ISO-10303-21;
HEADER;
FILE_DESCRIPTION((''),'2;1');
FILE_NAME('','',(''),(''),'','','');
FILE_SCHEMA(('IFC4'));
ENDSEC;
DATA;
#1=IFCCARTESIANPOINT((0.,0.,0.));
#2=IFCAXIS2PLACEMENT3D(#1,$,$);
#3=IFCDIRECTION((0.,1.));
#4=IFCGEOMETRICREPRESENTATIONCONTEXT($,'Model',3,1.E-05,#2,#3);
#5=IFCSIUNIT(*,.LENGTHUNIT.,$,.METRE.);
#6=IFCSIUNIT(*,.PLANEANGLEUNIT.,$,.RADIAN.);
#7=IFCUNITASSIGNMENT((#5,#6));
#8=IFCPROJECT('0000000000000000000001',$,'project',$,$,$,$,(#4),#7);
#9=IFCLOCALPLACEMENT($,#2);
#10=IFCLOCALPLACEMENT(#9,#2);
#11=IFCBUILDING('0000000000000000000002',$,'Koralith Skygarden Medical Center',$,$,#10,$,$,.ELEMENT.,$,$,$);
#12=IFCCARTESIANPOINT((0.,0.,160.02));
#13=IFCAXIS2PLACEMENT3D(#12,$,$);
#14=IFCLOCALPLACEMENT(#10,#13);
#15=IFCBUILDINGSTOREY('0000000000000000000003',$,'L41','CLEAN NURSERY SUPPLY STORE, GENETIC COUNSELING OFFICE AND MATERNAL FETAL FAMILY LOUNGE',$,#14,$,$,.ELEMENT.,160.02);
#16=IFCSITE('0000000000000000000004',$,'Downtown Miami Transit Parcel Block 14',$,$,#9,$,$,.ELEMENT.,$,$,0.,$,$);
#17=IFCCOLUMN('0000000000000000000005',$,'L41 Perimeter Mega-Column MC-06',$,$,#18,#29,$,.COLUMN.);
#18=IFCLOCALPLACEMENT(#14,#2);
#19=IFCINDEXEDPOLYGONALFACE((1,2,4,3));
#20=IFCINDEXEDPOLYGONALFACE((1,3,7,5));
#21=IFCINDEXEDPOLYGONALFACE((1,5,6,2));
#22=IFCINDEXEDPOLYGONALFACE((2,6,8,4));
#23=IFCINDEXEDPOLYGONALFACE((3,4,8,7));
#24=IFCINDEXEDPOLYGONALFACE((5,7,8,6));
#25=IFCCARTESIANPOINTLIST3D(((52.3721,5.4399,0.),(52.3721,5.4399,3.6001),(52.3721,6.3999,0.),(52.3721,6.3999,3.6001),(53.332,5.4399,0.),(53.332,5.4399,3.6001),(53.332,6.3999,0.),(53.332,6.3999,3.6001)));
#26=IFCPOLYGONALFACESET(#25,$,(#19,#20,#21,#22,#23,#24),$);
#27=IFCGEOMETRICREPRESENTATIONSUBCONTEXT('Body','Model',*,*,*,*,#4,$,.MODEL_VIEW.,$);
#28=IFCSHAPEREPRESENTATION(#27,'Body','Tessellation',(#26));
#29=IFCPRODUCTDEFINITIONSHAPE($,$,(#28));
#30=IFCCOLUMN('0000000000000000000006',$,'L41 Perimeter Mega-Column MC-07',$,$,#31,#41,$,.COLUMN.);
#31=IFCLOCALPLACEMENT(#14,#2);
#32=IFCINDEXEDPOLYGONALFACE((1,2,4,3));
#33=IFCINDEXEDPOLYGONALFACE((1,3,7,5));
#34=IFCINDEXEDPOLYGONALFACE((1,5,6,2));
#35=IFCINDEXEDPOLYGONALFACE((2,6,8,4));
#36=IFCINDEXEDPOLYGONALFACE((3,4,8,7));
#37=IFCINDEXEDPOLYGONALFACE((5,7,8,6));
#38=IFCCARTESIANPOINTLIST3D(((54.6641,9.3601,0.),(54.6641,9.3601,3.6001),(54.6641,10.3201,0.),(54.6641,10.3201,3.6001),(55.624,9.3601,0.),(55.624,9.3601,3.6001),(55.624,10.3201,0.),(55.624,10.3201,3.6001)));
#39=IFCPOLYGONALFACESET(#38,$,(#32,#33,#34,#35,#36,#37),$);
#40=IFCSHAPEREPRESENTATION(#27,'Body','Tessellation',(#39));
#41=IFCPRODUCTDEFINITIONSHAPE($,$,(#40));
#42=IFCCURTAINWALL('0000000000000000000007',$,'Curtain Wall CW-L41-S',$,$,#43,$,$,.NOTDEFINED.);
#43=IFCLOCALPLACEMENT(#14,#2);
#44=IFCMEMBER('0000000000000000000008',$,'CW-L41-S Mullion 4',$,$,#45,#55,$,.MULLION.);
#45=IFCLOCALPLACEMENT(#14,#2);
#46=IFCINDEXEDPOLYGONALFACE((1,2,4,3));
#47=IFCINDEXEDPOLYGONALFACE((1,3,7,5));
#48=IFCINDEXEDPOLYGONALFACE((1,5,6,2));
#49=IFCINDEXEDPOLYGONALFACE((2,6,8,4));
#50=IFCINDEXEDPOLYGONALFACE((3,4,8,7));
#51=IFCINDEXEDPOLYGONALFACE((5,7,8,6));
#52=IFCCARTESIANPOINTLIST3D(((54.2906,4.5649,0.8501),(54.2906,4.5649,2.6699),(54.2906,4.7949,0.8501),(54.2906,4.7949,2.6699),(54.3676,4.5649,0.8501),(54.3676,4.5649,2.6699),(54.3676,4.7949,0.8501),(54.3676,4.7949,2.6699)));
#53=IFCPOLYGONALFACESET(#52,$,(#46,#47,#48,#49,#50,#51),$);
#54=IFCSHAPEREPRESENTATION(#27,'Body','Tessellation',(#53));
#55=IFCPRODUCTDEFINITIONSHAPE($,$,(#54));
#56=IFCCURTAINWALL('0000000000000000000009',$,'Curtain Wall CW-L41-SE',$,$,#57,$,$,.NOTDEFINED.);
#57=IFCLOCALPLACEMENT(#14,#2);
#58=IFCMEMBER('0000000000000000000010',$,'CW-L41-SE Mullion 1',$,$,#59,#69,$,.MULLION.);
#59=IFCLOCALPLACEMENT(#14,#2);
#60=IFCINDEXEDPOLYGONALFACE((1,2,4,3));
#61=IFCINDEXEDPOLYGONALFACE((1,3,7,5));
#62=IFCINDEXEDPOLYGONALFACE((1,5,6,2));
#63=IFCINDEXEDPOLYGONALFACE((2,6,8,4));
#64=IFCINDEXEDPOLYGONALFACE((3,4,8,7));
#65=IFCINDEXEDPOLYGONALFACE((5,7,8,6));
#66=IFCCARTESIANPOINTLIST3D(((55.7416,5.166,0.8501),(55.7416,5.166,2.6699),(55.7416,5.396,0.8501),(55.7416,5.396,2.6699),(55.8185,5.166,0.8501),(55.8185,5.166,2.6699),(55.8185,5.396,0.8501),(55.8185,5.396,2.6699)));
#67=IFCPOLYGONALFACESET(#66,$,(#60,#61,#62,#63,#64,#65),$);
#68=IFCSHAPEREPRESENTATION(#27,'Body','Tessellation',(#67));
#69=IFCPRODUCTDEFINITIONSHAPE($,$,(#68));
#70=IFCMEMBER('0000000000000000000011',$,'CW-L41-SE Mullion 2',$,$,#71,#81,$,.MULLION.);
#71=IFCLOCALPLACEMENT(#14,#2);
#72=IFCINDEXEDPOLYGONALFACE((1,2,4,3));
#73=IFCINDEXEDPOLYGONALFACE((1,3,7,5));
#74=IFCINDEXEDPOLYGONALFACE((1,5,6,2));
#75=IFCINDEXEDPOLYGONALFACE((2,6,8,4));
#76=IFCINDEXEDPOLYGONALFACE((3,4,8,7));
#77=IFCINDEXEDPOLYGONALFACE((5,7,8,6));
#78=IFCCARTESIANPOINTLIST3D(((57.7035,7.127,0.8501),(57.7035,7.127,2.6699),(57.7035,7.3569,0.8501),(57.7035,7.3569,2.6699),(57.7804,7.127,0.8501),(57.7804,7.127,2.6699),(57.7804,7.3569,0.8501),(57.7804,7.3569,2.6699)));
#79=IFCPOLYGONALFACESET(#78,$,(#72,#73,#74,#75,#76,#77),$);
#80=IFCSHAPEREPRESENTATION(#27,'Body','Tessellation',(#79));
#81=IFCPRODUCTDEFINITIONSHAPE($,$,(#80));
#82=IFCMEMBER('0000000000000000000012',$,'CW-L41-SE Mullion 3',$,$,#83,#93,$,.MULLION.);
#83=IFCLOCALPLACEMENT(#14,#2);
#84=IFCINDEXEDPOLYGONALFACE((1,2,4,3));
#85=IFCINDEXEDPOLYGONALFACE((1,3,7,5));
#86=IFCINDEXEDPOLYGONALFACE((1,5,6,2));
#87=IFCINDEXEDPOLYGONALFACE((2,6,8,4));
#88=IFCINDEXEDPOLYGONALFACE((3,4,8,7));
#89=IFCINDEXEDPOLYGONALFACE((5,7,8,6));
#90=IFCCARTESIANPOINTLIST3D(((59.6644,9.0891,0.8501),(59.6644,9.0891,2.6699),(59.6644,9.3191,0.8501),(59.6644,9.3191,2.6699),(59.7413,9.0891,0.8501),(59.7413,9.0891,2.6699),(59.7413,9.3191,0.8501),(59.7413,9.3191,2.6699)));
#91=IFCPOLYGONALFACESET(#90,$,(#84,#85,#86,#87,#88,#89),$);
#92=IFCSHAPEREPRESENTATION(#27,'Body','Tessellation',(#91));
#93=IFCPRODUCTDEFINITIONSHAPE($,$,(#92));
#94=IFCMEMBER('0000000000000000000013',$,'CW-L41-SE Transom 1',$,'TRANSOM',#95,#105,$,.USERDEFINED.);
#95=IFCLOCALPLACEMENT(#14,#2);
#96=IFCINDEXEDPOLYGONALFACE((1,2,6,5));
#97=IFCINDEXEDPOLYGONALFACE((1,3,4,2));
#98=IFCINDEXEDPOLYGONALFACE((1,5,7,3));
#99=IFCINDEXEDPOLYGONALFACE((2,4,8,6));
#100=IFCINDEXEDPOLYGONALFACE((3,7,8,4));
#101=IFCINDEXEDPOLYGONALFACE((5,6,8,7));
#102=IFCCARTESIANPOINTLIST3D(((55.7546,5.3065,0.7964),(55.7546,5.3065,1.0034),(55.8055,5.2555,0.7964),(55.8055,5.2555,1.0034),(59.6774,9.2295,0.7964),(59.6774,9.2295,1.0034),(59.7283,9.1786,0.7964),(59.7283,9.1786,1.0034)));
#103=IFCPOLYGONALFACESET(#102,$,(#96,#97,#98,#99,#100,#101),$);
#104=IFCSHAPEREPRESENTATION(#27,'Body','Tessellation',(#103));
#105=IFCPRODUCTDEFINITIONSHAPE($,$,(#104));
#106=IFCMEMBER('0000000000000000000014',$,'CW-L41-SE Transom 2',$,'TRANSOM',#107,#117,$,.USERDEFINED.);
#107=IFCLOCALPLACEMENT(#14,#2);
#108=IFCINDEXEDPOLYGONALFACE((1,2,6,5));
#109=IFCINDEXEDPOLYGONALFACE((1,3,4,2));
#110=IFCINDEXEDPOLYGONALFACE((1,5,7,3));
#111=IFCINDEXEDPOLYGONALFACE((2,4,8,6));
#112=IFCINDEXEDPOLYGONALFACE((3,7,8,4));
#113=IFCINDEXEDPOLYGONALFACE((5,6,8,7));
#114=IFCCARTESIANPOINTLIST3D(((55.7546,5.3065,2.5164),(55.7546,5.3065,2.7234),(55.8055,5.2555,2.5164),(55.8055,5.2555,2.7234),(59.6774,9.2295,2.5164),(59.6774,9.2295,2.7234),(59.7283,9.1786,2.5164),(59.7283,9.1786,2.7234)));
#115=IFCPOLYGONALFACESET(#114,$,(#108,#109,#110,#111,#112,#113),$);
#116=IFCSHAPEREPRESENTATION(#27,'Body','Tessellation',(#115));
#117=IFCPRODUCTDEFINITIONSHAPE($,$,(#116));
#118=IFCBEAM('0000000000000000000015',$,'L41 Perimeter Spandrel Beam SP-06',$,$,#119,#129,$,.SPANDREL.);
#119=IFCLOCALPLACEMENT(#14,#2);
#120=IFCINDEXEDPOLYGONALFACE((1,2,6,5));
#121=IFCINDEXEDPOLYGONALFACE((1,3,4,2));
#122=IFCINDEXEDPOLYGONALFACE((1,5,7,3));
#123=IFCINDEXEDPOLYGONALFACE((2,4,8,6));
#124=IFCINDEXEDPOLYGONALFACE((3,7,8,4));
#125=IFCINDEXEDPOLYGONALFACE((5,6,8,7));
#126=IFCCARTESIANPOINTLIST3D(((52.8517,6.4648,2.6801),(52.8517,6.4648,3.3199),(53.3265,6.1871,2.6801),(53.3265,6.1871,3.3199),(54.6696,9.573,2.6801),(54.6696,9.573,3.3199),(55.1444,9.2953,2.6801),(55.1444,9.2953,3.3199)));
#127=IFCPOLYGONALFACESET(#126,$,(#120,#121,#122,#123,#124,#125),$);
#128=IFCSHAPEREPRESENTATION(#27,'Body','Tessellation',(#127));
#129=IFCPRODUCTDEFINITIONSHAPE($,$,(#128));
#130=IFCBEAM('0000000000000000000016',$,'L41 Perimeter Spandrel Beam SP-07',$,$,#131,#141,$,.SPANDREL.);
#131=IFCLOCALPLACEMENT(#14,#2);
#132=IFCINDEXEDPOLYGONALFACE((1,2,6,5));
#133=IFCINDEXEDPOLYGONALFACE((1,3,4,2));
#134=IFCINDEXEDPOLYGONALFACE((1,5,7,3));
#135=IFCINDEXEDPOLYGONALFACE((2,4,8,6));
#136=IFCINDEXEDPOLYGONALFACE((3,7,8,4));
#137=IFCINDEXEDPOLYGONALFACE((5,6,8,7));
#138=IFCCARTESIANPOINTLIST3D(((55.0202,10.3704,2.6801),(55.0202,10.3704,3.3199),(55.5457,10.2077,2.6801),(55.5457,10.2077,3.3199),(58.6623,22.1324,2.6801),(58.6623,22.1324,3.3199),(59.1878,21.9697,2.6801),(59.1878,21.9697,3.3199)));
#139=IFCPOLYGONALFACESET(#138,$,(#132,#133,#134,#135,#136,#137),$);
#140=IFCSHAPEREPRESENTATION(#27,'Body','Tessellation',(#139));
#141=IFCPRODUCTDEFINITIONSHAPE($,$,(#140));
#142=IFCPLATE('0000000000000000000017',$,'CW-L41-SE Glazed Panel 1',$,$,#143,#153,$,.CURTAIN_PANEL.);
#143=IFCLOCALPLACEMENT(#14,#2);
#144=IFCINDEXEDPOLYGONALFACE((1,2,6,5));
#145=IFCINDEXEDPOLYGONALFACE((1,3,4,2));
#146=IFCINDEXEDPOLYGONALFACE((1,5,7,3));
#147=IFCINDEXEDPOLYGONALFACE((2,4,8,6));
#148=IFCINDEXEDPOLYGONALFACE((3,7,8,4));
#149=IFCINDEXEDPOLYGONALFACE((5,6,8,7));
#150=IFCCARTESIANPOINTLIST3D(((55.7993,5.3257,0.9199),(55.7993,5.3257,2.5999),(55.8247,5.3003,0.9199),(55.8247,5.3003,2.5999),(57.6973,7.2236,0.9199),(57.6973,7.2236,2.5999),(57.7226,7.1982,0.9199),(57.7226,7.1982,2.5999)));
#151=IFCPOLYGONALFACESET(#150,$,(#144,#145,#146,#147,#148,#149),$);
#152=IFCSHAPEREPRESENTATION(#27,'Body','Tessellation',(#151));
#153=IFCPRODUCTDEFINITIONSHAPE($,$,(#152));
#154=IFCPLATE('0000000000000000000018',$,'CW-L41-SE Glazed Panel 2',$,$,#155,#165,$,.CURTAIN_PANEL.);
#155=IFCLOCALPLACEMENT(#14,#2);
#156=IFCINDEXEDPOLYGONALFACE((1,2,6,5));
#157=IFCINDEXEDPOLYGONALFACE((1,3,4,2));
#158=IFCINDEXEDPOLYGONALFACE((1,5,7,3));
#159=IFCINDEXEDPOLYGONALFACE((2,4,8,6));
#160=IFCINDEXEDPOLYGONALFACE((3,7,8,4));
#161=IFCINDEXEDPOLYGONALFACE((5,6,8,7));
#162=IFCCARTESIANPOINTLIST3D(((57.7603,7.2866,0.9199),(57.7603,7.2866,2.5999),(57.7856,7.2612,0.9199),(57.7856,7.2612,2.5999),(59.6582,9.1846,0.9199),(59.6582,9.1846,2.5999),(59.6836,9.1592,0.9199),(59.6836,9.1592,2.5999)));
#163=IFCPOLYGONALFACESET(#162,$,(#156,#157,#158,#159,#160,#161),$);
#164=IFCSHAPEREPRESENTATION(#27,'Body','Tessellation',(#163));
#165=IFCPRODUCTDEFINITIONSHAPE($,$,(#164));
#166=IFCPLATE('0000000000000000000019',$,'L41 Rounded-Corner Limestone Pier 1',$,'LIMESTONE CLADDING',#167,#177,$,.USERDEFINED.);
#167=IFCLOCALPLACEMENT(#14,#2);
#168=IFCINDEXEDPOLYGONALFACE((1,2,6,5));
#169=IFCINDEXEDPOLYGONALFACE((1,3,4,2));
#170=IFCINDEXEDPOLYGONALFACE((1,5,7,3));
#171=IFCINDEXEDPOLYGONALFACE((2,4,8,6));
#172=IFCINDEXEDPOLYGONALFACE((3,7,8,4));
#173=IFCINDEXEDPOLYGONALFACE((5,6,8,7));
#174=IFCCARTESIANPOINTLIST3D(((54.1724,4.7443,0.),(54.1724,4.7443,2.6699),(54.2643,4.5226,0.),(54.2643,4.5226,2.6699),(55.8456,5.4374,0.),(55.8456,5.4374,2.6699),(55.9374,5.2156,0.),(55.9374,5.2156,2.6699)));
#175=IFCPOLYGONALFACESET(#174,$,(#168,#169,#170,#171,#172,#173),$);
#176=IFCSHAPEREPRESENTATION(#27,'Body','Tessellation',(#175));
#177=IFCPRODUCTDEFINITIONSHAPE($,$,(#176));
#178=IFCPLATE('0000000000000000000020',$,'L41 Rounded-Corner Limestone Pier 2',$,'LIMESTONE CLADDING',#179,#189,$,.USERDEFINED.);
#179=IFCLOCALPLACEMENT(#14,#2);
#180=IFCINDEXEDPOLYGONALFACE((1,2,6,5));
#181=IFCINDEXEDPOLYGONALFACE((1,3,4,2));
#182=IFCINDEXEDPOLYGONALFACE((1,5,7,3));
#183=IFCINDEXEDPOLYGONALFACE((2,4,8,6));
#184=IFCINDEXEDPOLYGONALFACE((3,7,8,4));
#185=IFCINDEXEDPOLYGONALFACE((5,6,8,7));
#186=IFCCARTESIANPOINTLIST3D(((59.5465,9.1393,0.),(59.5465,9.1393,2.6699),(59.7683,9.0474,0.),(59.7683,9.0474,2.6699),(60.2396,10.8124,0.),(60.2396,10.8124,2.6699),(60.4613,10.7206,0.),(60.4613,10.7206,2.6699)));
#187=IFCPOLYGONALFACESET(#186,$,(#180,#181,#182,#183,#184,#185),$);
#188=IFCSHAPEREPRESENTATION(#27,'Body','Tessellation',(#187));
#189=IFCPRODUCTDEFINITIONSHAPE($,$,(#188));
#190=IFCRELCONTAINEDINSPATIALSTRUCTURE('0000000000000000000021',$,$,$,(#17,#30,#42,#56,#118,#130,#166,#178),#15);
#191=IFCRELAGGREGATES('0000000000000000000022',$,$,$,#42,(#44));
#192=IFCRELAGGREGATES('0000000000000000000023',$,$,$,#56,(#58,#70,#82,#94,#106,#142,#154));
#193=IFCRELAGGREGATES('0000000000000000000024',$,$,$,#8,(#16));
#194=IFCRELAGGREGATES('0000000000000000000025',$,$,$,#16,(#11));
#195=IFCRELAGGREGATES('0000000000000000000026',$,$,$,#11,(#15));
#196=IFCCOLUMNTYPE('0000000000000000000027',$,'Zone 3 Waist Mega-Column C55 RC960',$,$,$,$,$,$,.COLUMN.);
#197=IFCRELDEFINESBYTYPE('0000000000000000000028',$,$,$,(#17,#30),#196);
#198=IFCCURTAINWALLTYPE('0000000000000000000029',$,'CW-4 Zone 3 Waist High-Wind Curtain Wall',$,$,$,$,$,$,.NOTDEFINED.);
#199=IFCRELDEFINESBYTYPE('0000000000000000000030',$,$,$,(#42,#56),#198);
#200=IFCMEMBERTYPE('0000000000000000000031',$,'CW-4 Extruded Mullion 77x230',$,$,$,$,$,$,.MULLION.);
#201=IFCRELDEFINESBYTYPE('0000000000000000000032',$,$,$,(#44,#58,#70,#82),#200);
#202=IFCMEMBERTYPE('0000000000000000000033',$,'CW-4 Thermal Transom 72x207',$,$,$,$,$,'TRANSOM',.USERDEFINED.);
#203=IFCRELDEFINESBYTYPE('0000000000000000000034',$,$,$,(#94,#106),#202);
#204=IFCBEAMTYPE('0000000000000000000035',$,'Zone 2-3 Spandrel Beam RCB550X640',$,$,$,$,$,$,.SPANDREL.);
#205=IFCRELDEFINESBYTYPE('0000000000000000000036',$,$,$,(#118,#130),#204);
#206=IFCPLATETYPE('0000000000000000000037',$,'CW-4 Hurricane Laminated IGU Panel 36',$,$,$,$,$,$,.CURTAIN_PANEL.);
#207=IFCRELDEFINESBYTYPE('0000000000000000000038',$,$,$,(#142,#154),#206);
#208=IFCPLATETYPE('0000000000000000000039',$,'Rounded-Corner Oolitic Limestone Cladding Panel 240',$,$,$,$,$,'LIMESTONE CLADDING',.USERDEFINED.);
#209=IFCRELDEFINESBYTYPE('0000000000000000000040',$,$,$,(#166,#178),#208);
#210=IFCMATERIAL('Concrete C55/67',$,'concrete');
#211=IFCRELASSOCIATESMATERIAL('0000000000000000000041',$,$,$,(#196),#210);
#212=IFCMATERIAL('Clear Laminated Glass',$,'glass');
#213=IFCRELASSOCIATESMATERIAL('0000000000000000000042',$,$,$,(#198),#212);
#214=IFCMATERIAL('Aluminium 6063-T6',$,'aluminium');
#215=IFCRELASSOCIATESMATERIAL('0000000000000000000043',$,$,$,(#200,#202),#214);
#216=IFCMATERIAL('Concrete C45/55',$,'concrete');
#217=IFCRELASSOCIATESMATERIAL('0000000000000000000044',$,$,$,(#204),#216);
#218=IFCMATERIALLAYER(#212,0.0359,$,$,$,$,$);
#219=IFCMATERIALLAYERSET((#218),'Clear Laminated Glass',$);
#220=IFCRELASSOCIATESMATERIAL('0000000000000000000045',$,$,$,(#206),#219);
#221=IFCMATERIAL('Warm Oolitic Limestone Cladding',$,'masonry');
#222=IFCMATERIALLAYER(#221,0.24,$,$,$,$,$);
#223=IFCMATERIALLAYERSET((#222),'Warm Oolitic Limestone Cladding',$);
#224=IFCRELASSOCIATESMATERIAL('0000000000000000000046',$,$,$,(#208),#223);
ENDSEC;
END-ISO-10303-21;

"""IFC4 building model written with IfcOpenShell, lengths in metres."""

from ifc_helpers import new_model, si_unit, direction, frame, origin, origin_2d, place, context, subcontext, project, spatial, rectangle, extrude, material, layer, layer_set, material_profile, profile_set, type_object, element, aggregate, save


model = new_model("IFC4")

# Units and contexts
model_context = context("Model", 3, precision=1e-05, world=origin(), true_north=direction((0.0, 1.0)))
body_context = subcontext(model_context, "Body", "Model", "MODEL_VIEW")
ifc_project = project(units=[si_unit("LENGTHUNIT", "METRE"), si_unit("PLANEANGLEUNIT", "RADIAN")], contexts=[model_context])

# Site, building, storey
site_placement = place(None, origin())
site = spatial("IfcSite", under=ifc_project, at=site_placement, Name="Downtown Miami Transit Parcel Block 14", CompositionType="ELEMENT", RefElevation=0.0)
building_placement = place(site_placement, origin())
building = spatial("IfcBuilding", under=site, at=building_placement, Name="Koralith Skygarden Medical Center", CompositionType="ELEMENT")
storey_placement = place(building_placement, frame((0.0, 0.0, 160.02)))
storey = spatial("IfcBuildingStorey", under=building, at=storey_placement, Name="L41", Description="CLEAN NURSERY SUPPLY STORE, GENETIC COUNSELING OFFICE AND MATERNAL FETAL FAMILY LOUNGE", CompositionType="ELEMENT", Elevation=160.02)

# Columns
ifc_material_1 = material(Name="Concrete C55/67", Category="concrete")
ifc_material_profile_1 = material_profile(ifc_material_1, rectangle(XDim=0.96, YDim=0.96, at=origin_2d()), Name="RC960X960")
ifc_profile_set_1 = profile_set([ifc_material_profile_1], Name="Concrete C55/67")
column_type = type_object("IfcColumnType", Name="Zone 3 Waist Mega-Column C55 RC960", PredefinedType="COLUMN", material=ifc_profile_set_1)
for number, where, z_axis, x_axis, name in (
    (1, (52.8521, 5.9199, 0.0), (0.0, 0.0, 1.0), (1.0, 0.0, 0.0), "L41 Perimeter Mega-Column MC-06"),
    (2, (55.144, 9.8401, 0.0), (0.0, 0.0, 1.0), (1.0, 0.0, 0.0), "L41 Perimeter Mega-Column MC-07"),
):
    element("IfcColumn", number, at=place(storey_placement, frame(where, z_axis=z_axis, x_axis=x_axis)), inside=storey, type_object=column_type, Name=name, PredefinedType="COLUMN", context=body_context, shape_type="SweptSolid", body=[
        extrude(rectangle(XDim=0.96, YDim=0.96, at=origin_2d()), origin(), (0.0, 0.0, 1.0), 3.6001),
    ])

# Curtain wall, member
ifc_material_2 = material(Name="Clear Laminated Glass", Category="glass")
curtain_wall_type = type_object("IfcCurtainWallType", Name="CW-4 Zone 3 Waist High-Wind Curtain Wall", PredefinedType="NOTDEFINED", material=ifc_material_2)
curtain_wall_1_placement = place(storey_placement, origin())
curtain_wall_1 = element("IfcCurtainWall", 3, at=curtain_wall_1_placement, inside=storey, type_object=curtain_wall_type, Name="Curtain Wall CW-L41-S", PredefinedType="NOTDEFINED")
ifc_material_3 = material(Name="Aluminium 6063-T6", Category="aluminium")
ifc_material_profile_2 = material_profile(ifc_material_3, rectangle(XDim=0.0769, YDim=0.23, at=origin_2d()), Name="MUL77X230")
ifc_profile_set_2 = profile_set([ifc_material_profile_2], Name="Aluminium 6063-T6")
member_type_1 = type_object("IfcMemberType", Name="CW-4 Extruded Mullion 77x230", PredefinedType="MULLION", material=ifc_profile_set_2)
member_1_placement = place(storey_placement, frame((54.3291, 4.6799, 0.8501), z_axis=(0.0, 0.0, 1.0), x_axis=(1.0, 0.0, 0.0)))
member_1 = element("IfcMember", 4, at=member_1_placement, type_object=member_type_1, Name="CW-L41-S Mullion 4", PredefinedType="MULLION", context=body_context, shape_type="SweptSolid", body=[
    extrude(rectangle(XDim=0.0769, YDim=0.23, at=origin_2d()), origin(), (0.0, 0.0, 1.0), 1.8198),
])
aggregate(curtain_wall_1, [member_1])

# Curtain wall, members
curtain_wall_2_placement = place(storey_placement, origin())
curtain_wall_2 = element("IfcCurtainWall", 5, at=curtain_wall_2_placement, inside=storey, type_object=curtain_wall_type, Name="Curtain Wall CW-L41-SE", PredefinedType="NOTDEFINED")
member_2_placement = place(storey_placement, frame((55.78, 5.281, 0.8501), z_axis=(0.0, 0.0, 1.0), x_axis=(1.0, 0.0, 0.0)))
member_2 = element("IfcMember", 6, at=member_2_placement, type_object=member_type_1, Name="CW-L41-SE Mullion 1", PredefinedType="MULLION", context=body_context, shape_type="SweptSolid", body=[
    extrude(rectangle(XDim=0.0769, YDim=0.23, at=origin_2d()), origin(), (0.0, 0.0, 1.0), 1.8198),
])
member_3_placement = place(storey_placement, frame((57.7419, 7.2419, 0.8501), z_axis=(0.0, 0.0, 1.0), x_axis=(1.0, 0.0, 0.0)))
member_3 = element("IfcMember", 7, at=member_3_placement, type_object=member_type_1, Name="CW-L41-SE Mullion 2", PredefinedType="MULLION", context=body_context, shape_type="SweptSolid", body=[
    extrude(rectangle(XDim=0.0769, YDim=0.23, at=origin_2d()), origin(), (0.0, 0.0, 1.0), 1.8198),
])
member_4_placement = place(storey_placement, frame((59.7029, 9.2041, 0.8501), z_axis=(0.0, 0.0, 1.0), x_axis=(1.0, 0.0, 0.0)))
member_4 = element("IfcMember", 8, at=member_4_placement, type_object=member_type_1, Name="CW-L41-SE Mullion 3", PredefinedType="MULLION", context=body_context, shape_type="SweptSolid", body=[
    extrude(rectangle(XDim=0.0769, YDim=0.23, at=origin_2d()), origin(), (0.0, 0.0, 1.0), 1.8198),
])
ifc_material_profile_3 = material_profile(ifc_material_3, rectangle(XDim=0.072, YDim=0.207, at=origin_2d()), Name="TRN72X207")
ifc_profile_set_3 = profile_set([ifc_material_profile_3], Name="Aluminium 6063-T6")
member_type_2 = type_object("IfcMemberType", Name="CW-4 Thermal Transom 72x207", ElementType="TRANSOM", PredefinedType="USERDEFINED", material=ifc_profile_set_3)
member_5_placement = place(storey_placement, frame((55.78, 5.281, 0.8999), z_axis=(0.707085, 0.707129, 0.0), x_axis=(-0.707129, 0.707085, 0.0)))
member_5 = element("IfcMember", 9, at=member_5_placement, type_object=member_type_2, Name="CW-L41-SE Transom 1", ObjectType="TRANSOM", PredefinedType="USERDEFINED", context=body_context, shape_type="SweptSolid", body=[
    extrude(rectangle(XDim=0.072, YDim=0.207, at=origin_2d()), origin(), (0.0, 0.0, 1.0), 5.5479),
])
member_6_placement = place(storey_placement, frame((55.78, 5.281, 2.6199), z_axis=(0.707085, 0.707129, 0.0), x_axis=(-0.707129, 0.707085, 0.0)))
member_6 = element("IfcMember", 10, at=member_6_placement, type_object=member_type_2, Name="CW-L41-SE Transom 2", ObjectType="TRANSOM", PredefinedType="USERDEFINED", context=body_context, shape_type="SweptSolid", body=[
    extrude(rectangle(XDim=0.072, YDim=0.207, at=origin_2d()), origin(), (0.0, 0.0, 1.0), 5.5479),
])

# Beams
ifc_material_4 = material(Name="Concrete C45/55", Category="concrete")
ifc_material_profile_4 = material_profile(ifc_material_4, rectangle(XDim=0.55, YDim=0.6399, at=origin_2d()), Name="RCB550X640")
ifc_profile_set_4 = profile_set([ifc_material_profile_4], Name="Concrete C45/55")
beam_type = type_object("IfcBeamType", Name="Zone 2-3 Spandrel Beam RCB550X640", PredefinedType="SPANDREL", material=ifc_profile_set_4)
beam_1_placement = place(storey_placement, frame((53.0891, 6.3259, 3.0), z_axis=(0.504861, 0.8632, 0.0), x_axis=(-0.8632, 0.504861, 0.0)))
element("IfcBeam", 11, at=beam_1_placement, inside=storey, type_object=beam_type, Name="L41 Perimeter Spandrel Beam SP-06", PredefinedType="SPANDREL", context=body_context, shape_type="SweptSolid", body=[
    extrude(rectangle(XDim=0.55, YDim=0.6399, at=origin_2d()), origin(), (0.0, 0.0, 1.0), 3.6008),
])
beam_2_placement = place(storey_placement, frame((55.283, 10.2891, 3.0), z_axis=(0.295794, 0.955252, 0.0), x_axis=(-0.955252, 0.295794, 0.0)))
element("IfcBeam", 12, at=beam_2_placement, inside=storey, type_object=beam_type, Name="L41 Perimeter Spandrel Beam SP-07", PredefinedType="SPANDREL", context=body_context, shape_type="SweptSolid", body=[
    extrude(rectangle(XDim=0.55, YDim=0.6399, at=origin_2d()), origin(), (0.0, 0.0, 1.0), 12.313),
])

# Plates
ifc_layer_1 = layer(ifc_material_2, 0.0359)
ifc_layer_set_1 = layer_set([ifc_layer_1], Name="Clear Laminated Glass")
plate_type_1 = type_object("IfcPlateType", Name="CW-4 Hurricane Laminated IGU Panel 36", PredefinedType="CURTAIN_PANEL", material=ifc_layer_set_1)
plate_1_placement = place(storey_placement, frame((56.761, 6.262, 0.9199), z_axis=(0.0, 0.0, 1.0), x_axis=(0.707107, 0.707107, 0.0)))
plate_1 = element("IfcPlate", 13, at=plate_1_placement, type_object=plate_type_1, Name="CW-L41-SE Glazed Panel 1", PredefinedType="CURTAIN_PANEL", context=body_context, shape_type="SweptSolid", body=[
    extrude(rectangle(XDim=2.6841, YDim=0.0359, at=origin_2d()), origin(), (0.0, 0.0, 1.0), 1.6799),
])
plate_2_placement = place(storey_placement, frame((58.7219, 8.2229, 0.9199), z_axis=(0.0, 0.0, 1.0), x_axis=(0.707107, 0.707107, 0.0)))
plate_2 = element("IfcPlate", 14, at=plate_2_placement, type_object=plate_type_1, Name="CW-L41-SE Glazed Panel 2", PredefinedType="CURTAIN_PANEL", context=body_context, shape_type="SweptSolid", body=[
    extrude(rectangle(XDim=2.6841, YDim=0.0359, at=origin_2d()), origin(), (0.0, 0.0, 1.0), 1.6799),
])
aggregate(curtain_wall_2, [member_2, member_3, member_4, member_5, member_6, plate_1, plate_2])

# Plates
ifc_material_5 = material(Name="Warm Oolitic Limestone Cladding", Category="masonry")
ifc_layer_2 = layer(ifc_material_5, 0.24)
ifc_layer_set_2 = layer_set([ifc_layer_2], Name="Warm Oolitic Limestone Cladding")
plate_type_2 = type_object("IfcPlateType", Name="Rounded-Corner Oolitic Limestone Cladding Panel 240", ElementType="LIMESTONE CLADDING", PredefinedType="USERDEFINED", material=ifc_layer_set_2)
for number, where, z_axis, x_axis, name in (
    (15, (55.0549, 4.98, 0.0), (0.0, 0.0, 1.0), (0.923885, 0.382671, 0.0), "L41 Rounded-Corner Limestone Pier 1"),
    (16, (60.0039, 9.9299, 0.0), (0.0, 0.0, 1.0), (0.382671, 0.923885, 0.0), "L41 Rounded-Corner Limestone Pier 2"),
):
    element("IfcPlate", number, at=place(storey_placement, frame(where, z_axis=z_axis, x_axis=x_axis)), inside=storey, type_object=plate_type_2, Name=name, ObjectType="LIMESTONE CLADDING", PredefinedType="USERDEFINED", context=body_context, shape_type="SweptSolid", body=[
        extrude(rectangle(XDim=1.811, YDim=0.24, at=origin_2d()), origin(), (0.0, 0.0, 1.0), 2.6699),
    ])

save(model, "model.ifc")
